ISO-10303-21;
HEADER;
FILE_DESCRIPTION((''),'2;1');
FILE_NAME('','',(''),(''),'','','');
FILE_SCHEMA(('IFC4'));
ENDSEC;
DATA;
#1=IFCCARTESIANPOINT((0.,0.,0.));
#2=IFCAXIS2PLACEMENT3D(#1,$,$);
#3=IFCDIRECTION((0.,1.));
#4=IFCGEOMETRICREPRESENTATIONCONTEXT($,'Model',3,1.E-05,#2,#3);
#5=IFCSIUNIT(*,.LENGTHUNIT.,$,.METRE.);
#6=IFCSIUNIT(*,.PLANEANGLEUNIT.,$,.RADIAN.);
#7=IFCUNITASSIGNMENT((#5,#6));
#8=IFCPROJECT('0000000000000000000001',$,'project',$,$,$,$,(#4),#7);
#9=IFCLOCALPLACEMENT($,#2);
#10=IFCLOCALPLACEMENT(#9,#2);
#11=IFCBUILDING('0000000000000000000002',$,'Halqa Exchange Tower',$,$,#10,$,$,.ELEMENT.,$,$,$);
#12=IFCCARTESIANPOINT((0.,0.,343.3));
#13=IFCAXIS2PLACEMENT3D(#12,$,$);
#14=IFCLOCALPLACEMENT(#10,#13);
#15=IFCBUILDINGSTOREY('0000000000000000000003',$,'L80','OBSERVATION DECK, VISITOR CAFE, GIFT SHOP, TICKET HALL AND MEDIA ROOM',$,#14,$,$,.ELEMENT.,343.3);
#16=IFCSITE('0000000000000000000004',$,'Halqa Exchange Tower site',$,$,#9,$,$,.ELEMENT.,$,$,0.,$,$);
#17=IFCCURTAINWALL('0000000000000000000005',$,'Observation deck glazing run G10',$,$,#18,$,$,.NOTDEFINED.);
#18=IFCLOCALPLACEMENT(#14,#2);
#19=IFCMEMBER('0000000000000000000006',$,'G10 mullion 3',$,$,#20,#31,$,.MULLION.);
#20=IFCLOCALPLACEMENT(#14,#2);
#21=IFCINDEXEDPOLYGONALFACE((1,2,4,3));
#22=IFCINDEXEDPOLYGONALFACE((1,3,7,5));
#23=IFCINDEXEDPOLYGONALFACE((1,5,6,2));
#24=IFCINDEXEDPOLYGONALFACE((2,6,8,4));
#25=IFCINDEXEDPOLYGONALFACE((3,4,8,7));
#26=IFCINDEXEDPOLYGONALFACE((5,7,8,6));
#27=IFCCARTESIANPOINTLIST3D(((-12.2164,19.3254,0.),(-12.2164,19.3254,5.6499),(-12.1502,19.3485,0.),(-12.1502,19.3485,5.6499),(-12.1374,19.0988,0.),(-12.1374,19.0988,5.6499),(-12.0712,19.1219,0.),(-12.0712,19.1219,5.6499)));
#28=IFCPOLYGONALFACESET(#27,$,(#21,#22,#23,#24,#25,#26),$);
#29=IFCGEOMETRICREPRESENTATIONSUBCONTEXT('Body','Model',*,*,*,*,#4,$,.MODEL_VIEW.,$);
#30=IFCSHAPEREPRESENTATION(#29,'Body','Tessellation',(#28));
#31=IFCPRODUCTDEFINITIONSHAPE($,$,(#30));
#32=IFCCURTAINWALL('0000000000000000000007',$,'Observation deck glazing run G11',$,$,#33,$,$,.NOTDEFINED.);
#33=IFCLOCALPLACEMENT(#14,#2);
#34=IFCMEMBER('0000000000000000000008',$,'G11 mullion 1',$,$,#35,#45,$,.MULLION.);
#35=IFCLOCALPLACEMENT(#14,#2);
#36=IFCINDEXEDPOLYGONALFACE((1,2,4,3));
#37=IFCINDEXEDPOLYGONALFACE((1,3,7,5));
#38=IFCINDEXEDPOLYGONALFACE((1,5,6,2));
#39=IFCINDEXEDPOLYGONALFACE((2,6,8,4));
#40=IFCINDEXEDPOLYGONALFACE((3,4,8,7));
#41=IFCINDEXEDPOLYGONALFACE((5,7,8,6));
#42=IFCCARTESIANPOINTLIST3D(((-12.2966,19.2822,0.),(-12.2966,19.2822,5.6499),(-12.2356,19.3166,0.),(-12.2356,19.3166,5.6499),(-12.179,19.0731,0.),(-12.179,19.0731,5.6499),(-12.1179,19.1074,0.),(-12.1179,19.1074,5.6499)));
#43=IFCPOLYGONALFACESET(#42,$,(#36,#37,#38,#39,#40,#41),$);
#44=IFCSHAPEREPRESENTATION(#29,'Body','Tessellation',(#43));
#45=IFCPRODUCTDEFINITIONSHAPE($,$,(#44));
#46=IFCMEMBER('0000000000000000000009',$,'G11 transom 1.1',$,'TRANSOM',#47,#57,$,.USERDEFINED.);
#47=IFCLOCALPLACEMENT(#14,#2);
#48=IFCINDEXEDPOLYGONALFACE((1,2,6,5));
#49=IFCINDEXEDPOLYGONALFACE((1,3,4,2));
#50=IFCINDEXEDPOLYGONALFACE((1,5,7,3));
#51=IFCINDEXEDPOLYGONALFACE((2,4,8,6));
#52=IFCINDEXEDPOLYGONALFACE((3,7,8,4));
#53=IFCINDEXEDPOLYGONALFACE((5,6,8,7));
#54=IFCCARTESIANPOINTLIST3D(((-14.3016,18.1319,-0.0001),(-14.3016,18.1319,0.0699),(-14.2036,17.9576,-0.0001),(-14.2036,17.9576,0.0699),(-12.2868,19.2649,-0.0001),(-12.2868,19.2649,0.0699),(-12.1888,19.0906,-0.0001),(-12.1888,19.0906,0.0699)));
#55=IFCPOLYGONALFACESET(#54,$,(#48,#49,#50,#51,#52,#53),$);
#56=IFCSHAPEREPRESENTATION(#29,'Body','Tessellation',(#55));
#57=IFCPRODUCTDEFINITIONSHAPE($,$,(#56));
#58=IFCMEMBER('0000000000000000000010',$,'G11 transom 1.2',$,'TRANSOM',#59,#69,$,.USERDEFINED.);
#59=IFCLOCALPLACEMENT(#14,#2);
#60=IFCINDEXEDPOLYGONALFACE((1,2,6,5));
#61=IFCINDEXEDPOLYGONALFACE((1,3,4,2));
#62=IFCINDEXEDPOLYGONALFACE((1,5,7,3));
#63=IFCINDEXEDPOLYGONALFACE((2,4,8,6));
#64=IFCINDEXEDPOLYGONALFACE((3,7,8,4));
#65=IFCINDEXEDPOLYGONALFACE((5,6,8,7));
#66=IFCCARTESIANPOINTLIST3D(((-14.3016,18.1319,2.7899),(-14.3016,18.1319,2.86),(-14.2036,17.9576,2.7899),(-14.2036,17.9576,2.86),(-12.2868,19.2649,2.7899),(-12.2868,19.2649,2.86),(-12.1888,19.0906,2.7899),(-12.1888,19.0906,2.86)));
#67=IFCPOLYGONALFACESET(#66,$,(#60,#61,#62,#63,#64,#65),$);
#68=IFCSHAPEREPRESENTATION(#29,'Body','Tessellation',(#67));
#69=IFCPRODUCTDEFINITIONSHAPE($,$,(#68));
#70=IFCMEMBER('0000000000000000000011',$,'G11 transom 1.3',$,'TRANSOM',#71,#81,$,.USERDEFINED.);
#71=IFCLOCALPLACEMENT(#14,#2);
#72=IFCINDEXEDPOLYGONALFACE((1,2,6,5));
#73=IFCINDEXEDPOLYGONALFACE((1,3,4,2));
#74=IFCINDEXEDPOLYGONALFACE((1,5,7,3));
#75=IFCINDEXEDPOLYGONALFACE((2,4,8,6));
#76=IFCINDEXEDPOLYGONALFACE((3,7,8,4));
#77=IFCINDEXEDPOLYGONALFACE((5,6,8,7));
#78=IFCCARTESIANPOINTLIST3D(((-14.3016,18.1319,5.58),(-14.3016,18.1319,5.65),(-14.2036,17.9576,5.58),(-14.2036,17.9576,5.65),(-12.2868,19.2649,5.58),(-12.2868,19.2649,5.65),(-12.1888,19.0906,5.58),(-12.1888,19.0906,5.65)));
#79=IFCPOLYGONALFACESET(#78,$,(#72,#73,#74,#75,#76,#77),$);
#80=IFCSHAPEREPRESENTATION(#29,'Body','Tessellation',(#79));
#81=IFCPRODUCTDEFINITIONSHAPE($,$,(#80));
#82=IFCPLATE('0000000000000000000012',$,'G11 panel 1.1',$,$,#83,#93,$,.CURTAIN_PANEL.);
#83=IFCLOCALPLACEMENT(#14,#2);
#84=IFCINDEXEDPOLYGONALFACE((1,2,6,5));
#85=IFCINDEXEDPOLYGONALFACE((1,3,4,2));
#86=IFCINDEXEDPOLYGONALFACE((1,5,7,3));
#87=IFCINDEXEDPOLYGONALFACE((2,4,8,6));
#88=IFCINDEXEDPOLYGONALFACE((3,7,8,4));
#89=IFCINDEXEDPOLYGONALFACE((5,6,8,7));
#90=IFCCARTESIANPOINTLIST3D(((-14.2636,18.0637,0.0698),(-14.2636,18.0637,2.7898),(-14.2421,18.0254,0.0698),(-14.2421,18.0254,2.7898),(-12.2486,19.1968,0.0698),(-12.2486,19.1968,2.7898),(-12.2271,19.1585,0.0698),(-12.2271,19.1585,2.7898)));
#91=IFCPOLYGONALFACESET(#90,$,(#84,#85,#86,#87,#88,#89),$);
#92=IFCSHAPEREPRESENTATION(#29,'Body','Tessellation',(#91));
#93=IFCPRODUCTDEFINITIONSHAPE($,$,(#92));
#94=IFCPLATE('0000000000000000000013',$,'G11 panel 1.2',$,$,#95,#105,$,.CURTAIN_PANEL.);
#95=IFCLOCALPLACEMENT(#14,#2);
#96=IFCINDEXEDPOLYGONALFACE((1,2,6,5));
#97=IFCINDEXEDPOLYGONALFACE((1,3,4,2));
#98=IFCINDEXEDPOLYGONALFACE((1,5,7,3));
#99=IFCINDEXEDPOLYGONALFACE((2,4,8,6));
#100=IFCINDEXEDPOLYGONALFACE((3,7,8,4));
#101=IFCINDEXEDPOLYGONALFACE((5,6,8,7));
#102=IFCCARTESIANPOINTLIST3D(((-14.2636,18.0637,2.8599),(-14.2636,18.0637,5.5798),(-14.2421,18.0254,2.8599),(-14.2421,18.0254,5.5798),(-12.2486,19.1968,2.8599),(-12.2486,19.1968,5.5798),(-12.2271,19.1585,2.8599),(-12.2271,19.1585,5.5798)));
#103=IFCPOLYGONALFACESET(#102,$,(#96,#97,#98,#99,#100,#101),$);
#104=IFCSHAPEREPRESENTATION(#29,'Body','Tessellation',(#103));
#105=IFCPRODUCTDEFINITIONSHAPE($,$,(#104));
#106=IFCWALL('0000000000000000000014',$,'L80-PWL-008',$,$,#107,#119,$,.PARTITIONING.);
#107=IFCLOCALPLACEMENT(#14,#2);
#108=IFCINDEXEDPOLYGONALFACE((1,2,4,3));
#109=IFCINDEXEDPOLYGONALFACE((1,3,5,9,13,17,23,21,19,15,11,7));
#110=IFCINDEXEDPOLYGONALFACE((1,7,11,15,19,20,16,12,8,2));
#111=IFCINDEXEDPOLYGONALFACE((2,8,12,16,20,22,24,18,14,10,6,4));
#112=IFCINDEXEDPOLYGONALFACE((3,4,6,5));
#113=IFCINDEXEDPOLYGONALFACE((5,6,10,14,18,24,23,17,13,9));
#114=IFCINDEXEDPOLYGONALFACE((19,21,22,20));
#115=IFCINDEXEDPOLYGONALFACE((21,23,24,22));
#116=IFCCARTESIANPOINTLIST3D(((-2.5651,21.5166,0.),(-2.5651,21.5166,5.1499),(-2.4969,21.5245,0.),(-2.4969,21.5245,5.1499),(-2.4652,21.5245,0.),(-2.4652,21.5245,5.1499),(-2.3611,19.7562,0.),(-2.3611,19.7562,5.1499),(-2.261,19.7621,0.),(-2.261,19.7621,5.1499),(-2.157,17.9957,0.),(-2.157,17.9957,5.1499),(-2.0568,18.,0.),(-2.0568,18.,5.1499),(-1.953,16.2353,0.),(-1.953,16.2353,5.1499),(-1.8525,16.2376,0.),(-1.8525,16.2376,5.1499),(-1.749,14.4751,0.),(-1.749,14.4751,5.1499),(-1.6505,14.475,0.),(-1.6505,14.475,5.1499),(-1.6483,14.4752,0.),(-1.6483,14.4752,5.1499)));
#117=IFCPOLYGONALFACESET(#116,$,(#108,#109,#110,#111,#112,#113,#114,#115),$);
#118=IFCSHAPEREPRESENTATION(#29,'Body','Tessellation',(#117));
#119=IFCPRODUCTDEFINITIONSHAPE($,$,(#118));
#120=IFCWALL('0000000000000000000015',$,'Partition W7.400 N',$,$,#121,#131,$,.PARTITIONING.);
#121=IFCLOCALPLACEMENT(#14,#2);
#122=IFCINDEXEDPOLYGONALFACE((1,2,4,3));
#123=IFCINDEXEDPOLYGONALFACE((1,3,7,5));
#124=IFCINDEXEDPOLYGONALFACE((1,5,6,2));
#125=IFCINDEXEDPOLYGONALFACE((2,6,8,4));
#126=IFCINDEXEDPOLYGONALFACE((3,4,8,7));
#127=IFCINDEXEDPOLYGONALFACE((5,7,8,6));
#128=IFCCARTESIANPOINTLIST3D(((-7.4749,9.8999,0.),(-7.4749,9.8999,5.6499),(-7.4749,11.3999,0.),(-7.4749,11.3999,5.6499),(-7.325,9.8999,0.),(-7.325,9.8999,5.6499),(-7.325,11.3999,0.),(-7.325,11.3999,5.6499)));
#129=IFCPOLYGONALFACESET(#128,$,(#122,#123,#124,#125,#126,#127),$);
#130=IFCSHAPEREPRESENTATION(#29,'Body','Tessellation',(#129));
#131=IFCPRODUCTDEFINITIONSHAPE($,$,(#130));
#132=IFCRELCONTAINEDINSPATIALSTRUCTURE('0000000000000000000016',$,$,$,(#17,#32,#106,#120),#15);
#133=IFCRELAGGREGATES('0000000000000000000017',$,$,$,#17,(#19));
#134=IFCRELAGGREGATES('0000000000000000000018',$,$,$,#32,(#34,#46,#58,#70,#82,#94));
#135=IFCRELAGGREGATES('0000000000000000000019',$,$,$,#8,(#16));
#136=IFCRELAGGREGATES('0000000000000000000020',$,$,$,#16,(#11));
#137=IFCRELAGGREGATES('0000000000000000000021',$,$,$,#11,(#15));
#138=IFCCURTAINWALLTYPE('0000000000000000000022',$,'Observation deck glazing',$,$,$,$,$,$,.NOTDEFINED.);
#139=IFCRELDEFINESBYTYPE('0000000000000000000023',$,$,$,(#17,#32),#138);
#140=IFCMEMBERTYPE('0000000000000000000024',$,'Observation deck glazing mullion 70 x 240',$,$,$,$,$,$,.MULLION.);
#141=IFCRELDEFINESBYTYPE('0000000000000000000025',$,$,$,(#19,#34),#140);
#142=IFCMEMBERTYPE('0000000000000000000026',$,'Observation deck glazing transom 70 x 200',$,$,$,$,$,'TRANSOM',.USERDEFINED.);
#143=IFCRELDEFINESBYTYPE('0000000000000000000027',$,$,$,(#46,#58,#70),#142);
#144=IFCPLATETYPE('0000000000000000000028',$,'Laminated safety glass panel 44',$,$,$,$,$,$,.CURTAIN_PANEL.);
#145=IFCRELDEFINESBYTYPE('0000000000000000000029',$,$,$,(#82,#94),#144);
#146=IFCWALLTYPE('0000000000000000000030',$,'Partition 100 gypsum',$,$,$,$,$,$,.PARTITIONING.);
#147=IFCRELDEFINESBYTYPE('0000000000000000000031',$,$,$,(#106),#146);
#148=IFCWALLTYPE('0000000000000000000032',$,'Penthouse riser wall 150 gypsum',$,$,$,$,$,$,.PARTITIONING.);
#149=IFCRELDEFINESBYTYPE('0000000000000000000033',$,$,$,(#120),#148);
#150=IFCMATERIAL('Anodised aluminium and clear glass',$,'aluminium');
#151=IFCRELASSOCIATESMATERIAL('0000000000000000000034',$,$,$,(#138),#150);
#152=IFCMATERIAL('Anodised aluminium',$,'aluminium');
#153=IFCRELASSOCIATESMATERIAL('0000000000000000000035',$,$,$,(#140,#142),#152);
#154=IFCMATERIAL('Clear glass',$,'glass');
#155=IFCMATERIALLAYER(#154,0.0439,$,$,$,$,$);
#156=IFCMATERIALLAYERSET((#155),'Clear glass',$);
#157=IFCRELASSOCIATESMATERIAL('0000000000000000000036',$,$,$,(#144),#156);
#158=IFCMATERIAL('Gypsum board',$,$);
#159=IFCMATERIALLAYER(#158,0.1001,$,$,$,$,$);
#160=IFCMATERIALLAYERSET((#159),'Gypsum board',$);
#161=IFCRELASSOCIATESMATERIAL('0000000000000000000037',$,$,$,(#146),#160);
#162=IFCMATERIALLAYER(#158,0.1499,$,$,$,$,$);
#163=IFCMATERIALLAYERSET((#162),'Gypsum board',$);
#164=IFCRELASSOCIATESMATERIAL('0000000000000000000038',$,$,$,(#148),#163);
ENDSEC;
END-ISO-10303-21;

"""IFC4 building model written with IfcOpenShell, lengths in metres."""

from ifc_helpers import new_model, si_unit, direction, frame, frame_2d, origin, origin_2d, place, context, subcontext, project, spatial, polyline, rectangle, outline, extrude, material, layer, layer_set, material_profile, profile_set, type_object, element, aggregate, save


model = new_model("IFC4")

# Units and contexts
model_context = context("Model", 3, precision=1e-05, world=origin(), true_north=direction((0.0, 1.0)))
body_context = subcontext(model_context, "Body", "Model", "MODEL_VIEW")
ifc_project = project(units=[si_unit("LENGTHUNIT", "METRE"), si_unit("PLANEANGLEUNIT", "RADIAN")], contexts=[model_context])

# Site, building, storey
site_placement = place(None, origin())
site = spatial("IfcSite", under=ifc_project, at=site_placement, Name="Halqa Exchange Tower site", CompositionType="ELEMENT", RefElevation=0.0)
building_placement = place(site_placement, origin())
building = spatial("IfcBuilding", under=site, at=building_placement, Name="Halqa Exchange Tower", CompositionType="ELEMENT")
storey_placement = place(building_placement, frame((0.0, 0.0, 343.3)))
storey = spatial("IfcBuildingStorey", under=building, at=storey_placement, Name="L80", Description="OBSERVATION DECK, VISITOR CAFE, GIFT SHOP, TICKET HALL AND MEDIA ROOM", CompositionType="ELEMENT", Elevation=343.3)

# Curtain wall, member
ifc_material_1 = material(Name="Anodised aluminium and clear glass", Category="aluminium")
curtain_wall_type = type_object("IfcCurtainWallType", Name="Observation deck glazing", PredefinedType="NOTDEFINED", material=ifc_material_1)
curtain_wall_1_placement = place(storey_placement, origin())
curtain_wall_1 = element("IfcCurtainWall", 1, at=curtain_wall_1_placement, inside=storey, type_object=curtain_wall_type, Name="Observation deck glazing run G10", PredefinedType="NOTDEFINED")
ifc_material_2 = material(Name="Anodised aluminium", Category="aluminium")
ifc_material_profile_1 = material_profile(ifc_material_2, rectangle(XDim=0.24, YDim=0.0701, at=origin_2d()), Name="AL 70x240")
ifc_profile_set_1 = profile_set([ifc_material_profile_1], Name="Anodised aluminium")
member_type_1 = type_object("IfcMemberType", Name="Observation deck glazing mullion 70 x 240", PredefinedType="MULLION", material=ifc_profile_set_1)
member_1_placement = place(storey_placement, frame((-12.1438, 19.2236, 0.0), z_axis=(0.0, 0.0, 1.0), x_axis=(0.32916, -0.944274, 0.0)))
member_1 = element("IfcMember", 2, at=member_1_placement, type_object=member_type_1, Name="G10 mullion 3", PredefinedType="MULLION", context=body_context, shape_type="SweptSolid", body=[
    extrude(rectangle(XDim=0.24, YDim=0.0701, at=origin_2d()), origin(), (0.0, 0.0, 1.0), 5.6499),
])
aggregate(curtain_wall_1, [member_1])

# Curtain wall, members, plates
curtain_wall_2_placement = place(storey_placement, origin())
curtain_wall_2 = element("IfcCurtainWall", 3, at=curtain_wall_2_placement, inside=storey, type_object=curtain_wall_type, Name="Observation deck glazing run G11", PredefinedType="NOTDEFINED")
member_2_placement = place(storey_placement, frame((-12.2073, 19.1948, 0.0), z_axis=(0.0, 0.0, 1.0), x_axis=(0.490158, -0.871634, 0.0)))
member_2 = element("IfcMember", 4, at=member_2_placement, type_object=member_type_1, Name="G11 mullion 1", PredefinedType="MULLION", context=body_context, shape_type="SweptSolid", body=[
    extrude(rectangle(XDim=0.24, YDim=0.0701, at=origin_2d()), origin(), (0.0, 0.0, 1.0), 5.6499),
])
ifc_material_profile_2 = material_profile(ifc_material_2, rectangle(XDim=0.2, YDim=0.0701, at=origin_2d()), Name="AL 70x200")
ifc_profile_set_2 = profile_set([ifc_material_profile_2], Name="Anodised aluminium")
member_type_2 = type_object("IfcMemberType", Name="Observation deck glazing transom 70 x 200", ElementType="TRANSOM", PredefinedType="USERDEFINED", material=ifc_profile_set_2)
member_3_placement = place(storey_placement, frame((-12.2378, 19.1777, 0.0349), z_axis=(-0.871635, -0.490156, 0.0), x_axis=(0.490156, -0.871635, 0.0)))
member_3 = element("IfcMember", 5, at=member_3_placement, type_object=member_type_2, Name="G11 transom 1.1", ObjectType="TRANSOM", PredefinedType="USERDEFINED", context=body_context, shape_type="SweptSolid", body=[
    extrude(rectangle(XDim=0.2, YDim=0.0701, at=origin_2d()), origin(), (0.0, 0.0, 1.0), 2.3115),
])
member_4_placement = place(storey_placement, frame((-12.2378, 19.1777, 2.825), z_axis=(-0.871635, -0.490156, 0.0), x_axis=(0.490156, -0.871635, 0.0)))
member_4 = element("IfcMember", 6, at=member_4_placement, type_object=member_type_2, Name="G11 transom 1.2", ObjectType="TRANSOM", PredefinedType="USERDEFINED", context=body_context, shape_type="SweptSolid", body=[
    extrude(rectangle(XDim=0.2, YDim=0.0701, at=origin_2d()), origin(), (0.0, 0.0, 1.0), 2.3115),
])
member_5_placement = place(storey_placement, frame((-12.2378, 19.1777, 5.615), z_axis=(-0.871635, -0.490156, 0.0), x_axis=(0.490156, -0.871635, 0.0)))
member_5 = element("IfcMember", 7, at=member_5_placement, type_object=member_type_2, Name="G11 transom 1.3", ObjectType="TRANSOM", PredefinedType="USERDEFINED", context=body_context, shape_type="SweptSolid", body=[
    extrude(rectangle(XDim=0.2, YDim=0.0701, at=origin_2d()), origin(), (0.0, 0.0, 1.0), 2.3115),
])
ifc_material_3 = material(Name="Clear glass", Category="glass")
ifc_layer_1 = layer(ifc_material_3, 0.0439)
ifc_layer_set_1 = layer_set([ifc_layer_1], Name="Clear glass")
plate_type = type_object("IfcPlateType", Name="Laminated safety glass panel 44", PredefinedType="CURTAIN_PANEL", material=ifc_layer_set_1)
plate_1_placement = place(storey_placement, frame((-13.2454, 18.6111, 0.0698), z_axis=(0.0, 0.0, 1.0), x_axis=(-0.871634, -0.490158, 0.0)))
plate_1 = element("IfcPlate", 8, at=plate_1_placement, type_object=plate_type, Name="G11 panel 1.1", PredefinedType="CURTAIN_PANEL", context=body_context, shape_type="SweptSolid", body=[
    extrude(rectangle(XDim=2.3118, YDim=0.0439, at=origin_2d()), origin(), (0.0, 0.0, 1.0), 2.72),
])
plate_2_placement = place(storey_placement, frame((-13.2454, 18.6111, 2.8599), z_axis=(0.0, 0.0, 1.0), x_axis=(-0.871634, -0.490158, 0.0)))
plate_2 = element("IfcPlate", 9, at=plate_2_placement, type_object=plate_type, Name="G11 panel 1.2", PredefinedType="CURTAIN_PANEL", context=body_context, shape_type="SweptSolid", body=[
    extrude(rectangle(XDim=2.3118, YDim=0.0439, at=origin_2d()), origin(), (0.0, 0.0, 1.0), 2.72),
])
aggregate(curtain_wall_2, [member_2, member_3, member_4, member_5, plate_1, plate_2])

# Walls
ifc_material_4 = material(Name="Gypsum board")
ifc_layer_2 = layer(ifc_material_4, 0.1001)
ifc_layer_set_2 = layer_set([ifc_layer_2], Name="Gypsum board")
wall_type_1 = type_object("IfcWallType", Name="Partition 100 gypsum", PredefinedType="PARTITIONING", material=ifc_layer_set_2)
wall_1_placement = place(storey_placement, frame((-1.698, 14.4695, 0.0), z_axis=(0.0, 0.0, 1.0), x_axis=(-0.115121, 0.993351, 0.0)))
element("IfcWall", 10, at=wall_1_placement, inside=storey, type_object=wall_type_1, Name="L80-PWL-008", PredefinedType="PARTITIONING", context=body_context, shape_type="SweptSolid", body=[
    extrude(outline(polyline([(0.0, -0.05), (1.7742, -0.05), (3.5483, -0.05), (5.3223, -0.05), (7.0964, -0.05), (7.1001, -0.0186), (7.1001, 0.05), (5.3279, 0.05), (3.5557, 0.05), (1.7834, 0.05), (0.0115, 0.05), (0.0, -0.0479), (0.0, -0.05)])), origin(), (0.0, 0.0, 1.0), 5.1499),
])
ifc_layer_3 = layer(ifc_material_4, 0.1499)
ifc_layer_set_3 = layer_set([ifc_layer_3], Name="Gypsum board")
wall_type_2 = type_object("IfcWallType", Name="Penthouse riser wall 150 gypsum", PredefinedType="PARTITIONING", material=ifc_layer_set_3)
wall_2_placement = place(storey_placement, frame((-7.3999, 9.8999, 0.0), z_axis=(0.0, 0.0, 1.0), x_axis=(0.0, 1.0, 0.0)))
element("IfcWall", 11, at=wall_2_placement, inside=storey, type_object=wall_type_2, Name="Partition W7.400 N", PredefinedType="PARTITIONING", context=body_context, shape_type="SweptSolid", body=[
    extrude(rectangle(XDim=1.5, YDim=0.1499, at=frame_2d((0.75, 0.0))), origin(), (0.0, 0.0, 1.0), 5.6499),
])

save(model, "model.ifc")
